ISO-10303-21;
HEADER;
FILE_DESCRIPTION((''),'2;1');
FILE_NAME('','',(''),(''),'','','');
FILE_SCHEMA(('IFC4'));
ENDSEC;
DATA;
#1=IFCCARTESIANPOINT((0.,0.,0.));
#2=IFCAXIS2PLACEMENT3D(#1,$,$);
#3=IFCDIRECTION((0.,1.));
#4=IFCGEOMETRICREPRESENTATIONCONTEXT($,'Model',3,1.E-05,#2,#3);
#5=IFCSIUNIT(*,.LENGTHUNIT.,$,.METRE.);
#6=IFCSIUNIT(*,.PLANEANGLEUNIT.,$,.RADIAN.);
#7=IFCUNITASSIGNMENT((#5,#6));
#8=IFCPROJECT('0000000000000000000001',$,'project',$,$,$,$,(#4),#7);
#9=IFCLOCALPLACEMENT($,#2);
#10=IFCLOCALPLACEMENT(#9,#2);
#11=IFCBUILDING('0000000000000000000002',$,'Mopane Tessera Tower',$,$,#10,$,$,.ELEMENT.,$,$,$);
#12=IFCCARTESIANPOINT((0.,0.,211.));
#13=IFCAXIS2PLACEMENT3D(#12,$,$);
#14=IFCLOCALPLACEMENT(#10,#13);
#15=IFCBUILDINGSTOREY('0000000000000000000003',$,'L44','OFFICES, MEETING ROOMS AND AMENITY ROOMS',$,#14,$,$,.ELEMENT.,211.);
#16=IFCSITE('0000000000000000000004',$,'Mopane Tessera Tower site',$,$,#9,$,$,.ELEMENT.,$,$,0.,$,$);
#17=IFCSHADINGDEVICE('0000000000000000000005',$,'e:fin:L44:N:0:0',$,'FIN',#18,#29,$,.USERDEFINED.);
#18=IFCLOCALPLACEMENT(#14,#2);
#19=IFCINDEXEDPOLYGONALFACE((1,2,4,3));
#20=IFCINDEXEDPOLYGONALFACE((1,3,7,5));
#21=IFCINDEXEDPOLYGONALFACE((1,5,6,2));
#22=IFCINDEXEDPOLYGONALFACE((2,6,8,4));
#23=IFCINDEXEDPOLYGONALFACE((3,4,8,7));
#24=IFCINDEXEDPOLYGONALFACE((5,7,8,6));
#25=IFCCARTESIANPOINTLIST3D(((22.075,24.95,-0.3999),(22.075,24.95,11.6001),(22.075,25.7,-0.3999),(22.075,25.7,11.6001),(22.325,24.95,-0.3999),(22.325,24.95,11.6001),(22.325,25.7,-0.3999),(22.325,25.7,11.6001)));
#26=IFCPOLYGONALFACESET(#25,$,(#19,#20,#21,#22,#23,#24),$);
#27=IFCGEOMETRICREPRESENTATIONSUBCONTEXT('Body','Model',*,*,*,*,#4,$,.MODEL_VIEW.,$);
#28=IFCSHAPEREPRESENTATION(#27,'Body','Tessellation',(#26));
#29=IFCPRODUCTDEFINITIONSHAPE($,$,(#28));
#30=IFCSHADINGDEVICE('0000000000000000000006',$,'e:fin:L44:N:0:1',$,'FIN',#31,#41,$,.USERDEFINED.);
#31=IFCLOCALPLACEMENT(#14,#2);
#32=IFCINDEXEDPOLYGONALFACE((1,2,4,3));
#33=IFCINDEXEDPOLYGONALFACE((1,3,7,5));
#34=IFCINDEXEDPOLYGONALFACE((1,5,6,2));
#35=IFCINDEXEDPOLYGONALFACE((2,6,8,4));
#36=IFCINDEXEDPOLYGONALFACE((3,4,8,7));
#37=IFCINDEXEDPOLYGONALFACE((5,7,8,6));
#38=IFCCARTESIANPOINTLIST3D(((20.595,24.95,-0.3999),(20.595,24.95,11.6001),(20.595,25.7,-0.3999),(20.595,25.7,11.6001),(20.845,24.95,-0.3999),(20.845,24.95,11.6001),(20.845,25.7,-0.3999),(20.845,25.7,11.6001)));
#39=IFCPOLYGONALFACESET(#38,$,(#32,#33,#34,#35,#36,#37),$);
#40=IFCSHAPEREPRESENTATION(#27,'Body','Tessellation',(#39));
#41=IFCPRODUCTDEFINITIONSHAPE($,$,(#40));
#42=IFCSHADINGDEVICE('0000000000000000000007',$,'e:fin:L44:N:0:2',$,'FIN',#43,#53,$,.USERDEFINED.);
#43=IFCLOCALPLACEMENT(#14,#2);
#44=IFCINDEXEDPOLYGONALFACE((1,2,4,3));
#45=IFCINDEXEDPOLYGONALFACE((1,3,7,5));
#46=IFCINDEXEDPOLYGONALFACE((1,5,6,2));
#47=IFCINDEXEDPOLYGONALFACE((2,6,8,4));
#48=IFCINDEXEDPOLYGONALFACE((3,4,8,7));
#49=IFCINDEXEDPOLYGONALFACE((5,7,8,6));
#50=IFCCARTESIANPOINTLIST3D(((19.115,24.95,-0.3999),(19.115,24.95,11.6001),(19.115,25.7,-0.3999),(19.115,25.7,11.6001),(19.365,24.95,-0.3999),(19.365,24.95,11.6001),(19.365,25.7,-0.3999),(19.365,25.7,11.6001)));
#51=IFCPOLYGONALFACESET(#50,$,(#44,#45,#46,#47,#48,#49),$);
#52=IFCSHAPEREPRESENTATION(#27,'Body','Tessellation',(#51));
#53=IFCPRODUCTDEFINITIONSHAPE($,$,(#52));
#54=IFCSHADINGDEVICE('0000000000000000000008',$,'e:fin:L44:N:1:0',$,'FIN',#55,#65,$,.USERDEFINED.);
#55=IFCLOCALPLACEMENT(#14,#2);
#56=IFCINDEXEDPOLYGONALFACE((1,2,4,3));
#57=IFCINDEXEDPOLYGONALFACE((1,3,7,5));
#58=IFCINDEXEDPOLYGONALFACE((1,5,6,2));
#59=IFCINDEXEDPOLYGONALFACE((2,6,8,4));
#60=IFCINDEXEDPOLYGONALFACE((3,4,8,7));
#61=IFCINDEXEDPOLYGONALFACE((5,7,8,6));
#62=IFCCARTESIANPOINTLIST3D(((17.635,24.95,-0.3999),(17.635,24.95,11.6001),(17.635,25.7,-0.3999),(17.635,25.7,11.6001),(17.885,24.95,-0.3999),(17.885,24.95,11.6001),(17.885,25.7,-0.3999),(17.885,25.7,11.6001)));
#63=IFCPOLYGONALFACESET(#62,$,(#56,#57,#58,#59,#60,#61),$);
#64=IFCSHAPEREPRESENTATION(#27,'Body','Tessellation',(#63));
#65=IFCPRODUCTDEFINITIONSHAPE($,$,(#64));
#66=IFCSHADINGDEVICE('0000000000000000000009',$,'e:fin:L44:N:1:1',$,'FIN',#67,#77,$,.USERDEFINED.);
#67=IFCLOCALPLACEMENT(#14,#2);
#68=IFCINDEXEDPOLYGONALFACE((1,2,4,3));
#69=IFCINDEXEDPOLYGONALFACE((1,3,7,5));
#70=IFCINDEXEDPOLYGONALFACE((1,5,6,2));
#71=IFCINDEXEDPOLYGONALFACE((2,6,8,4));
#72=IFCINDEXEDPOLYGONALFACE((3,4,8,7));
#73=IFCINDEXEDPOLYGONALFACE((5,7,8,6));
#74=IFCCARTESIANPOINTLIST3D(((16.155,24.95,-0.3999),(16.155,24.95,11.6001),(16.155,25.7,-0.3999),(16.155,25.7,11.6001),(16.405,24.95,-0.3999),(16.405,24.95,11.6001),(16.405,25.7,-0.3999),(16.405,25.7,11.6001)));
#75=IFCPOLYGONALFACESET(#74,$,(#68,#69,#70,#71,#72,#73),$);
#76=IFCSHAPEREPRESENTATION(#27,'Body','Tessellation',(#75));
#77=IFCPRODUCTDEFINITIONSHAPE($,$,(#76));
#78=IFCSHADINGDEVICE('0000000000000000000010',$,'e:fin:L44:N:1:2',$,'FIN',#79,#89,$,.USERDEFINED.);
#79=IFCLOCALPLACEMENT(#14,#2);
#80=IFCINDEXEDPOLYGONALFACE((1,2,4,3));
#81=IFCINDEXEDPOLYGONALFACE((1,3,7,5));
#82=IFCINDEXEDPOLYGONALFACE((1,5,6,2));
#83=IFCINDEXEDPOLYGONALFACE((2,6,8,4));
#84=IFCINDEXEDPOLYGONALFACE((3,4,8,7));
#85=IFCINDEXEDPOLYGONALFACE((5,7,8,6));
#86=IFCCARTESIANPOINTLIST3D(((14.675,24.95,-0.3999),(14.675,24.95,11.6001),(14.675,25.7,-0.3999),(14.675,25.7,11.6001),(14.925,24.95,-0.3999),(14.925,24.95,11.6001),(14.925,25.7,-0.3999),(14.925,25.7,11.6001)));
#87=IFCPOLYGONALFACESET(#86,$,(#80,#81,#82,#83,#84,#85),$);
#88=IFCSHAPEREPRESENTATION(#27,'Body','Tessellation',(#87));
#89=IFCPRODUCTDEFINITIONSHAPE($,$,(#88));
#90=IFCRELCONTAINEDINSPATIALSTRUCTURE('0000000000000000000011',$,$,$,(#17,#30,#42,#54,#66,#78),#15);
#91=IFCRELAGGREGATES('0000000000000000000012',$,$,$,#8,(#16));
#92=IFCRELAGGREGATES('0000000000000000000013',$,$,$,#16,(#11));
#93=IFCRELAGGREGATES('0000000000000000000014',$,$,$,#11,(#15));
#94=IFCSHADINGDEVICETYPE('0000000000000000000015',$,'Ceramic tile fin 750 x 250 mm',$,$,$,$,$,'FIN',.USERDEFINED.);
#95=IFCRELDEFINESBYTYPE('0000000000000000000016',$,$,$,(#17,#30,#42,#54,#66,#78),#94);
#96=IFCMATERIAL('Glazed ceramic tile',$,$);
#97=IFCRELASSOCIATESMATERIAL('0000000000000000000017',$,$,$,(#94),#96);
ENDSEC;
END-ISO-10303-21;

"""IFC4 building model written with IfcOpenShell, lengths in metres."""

from ifc_helpers import new_model, si_unit, direction, frame, origin, origin_2d, place, context, subcontext, project, spatial, rectangle, extrude, material, type_object, element, save


model = new_model("IFC4")

# Units and contexts
model_context = context("Model", 3, precision=1e-05, world=origin(), true_north=direction((0.0, 1.0)))
body_context = subcontext(model_context, "Body", "Model", "MODEL_VIEW")
ifc_project = project(units=[si_unit("LENGTHUNIT", "METRE"), si_unit("PLANEANGLEUNIT", "RADIAN")], contexts=[model_context])

# Site, building, storey
site_placement = place(None, origin())
site = spatial("IfcSite", under=ifc_project, at=site_placement, Name="Mopane Tessera Tower site", CompositionType="ELEMENT", RefElevation=0.0)
building_placement = place(site_placement, origin())
building = spatial("IfcBuilding", under=site, at=building_placement, Name="Mopane Tessera Tower", CompositionType="ELEMENT")
storey_placement = place(building_placement, frame((0.0, 0.0, 211.0)))
storey = spatial("IfcBuildingStorey", under=building, at=storey_placement, Name="L44", Description="OFFICES, MEETING ROOMS AND AMENITY ROOMS", CompositionType="ELEMENT", Elevation=211.0)

# Shading devices
ifc_material_1 = material(Name="Glazed ceramic tile")
shading_device_type = type_object("IfcShadingDeviceType", Name="Ceramic tile fin 750 x 250 mm", ElementType="FIN", PredefinedType="USERDEFINED", material=ifc_material_1)
for number, where, z_axis, x_axis, name in (
    (1, (22.2, 25.325, -0.3999), (0.0, 0.0, 1.0), (-1.0, 0.0, 0.0), "e:fin:L44:N:0:0"),
    (2, (20.72, 25.325, -0.3999), (0.0, 0.0, 1.0), (-1.0, 0.0, 0.0), "e:fin:L44:N:0:1"),
    (3, (19.24, 25.325, -0.3999), (0.0, 0.0, 1.0), (-1.0, 0.0, 0.0), "e:fin:L44:N:0:2"),
    (4, (17.76, 25.325, -0.3999), (0.0, 0.0, 1.0), (-1.0, 0.0, 0.0), "e:fin:L44:N:1:0"),
    (5, (16.28, 25.325, -0.3999), (0.0, 0.0, 1.0), (-1.0, 0.0, 0.0), "e:fin:L44:N:1:1"),
    (6, (14.8, 25.325, -0.3999), (0.0, 0.0, 1.0), (-1.0, 0.0, 0.0), "e:fin:L44:N:1:2"),
):
    element("IfcShadingDevice", number, at=place(storey_placement, frame(where, z_axis=z_axis, x_axis=x_axis)), inside=storey, type_object=shading_device_type, Name=name, ObjectType="FIN", PredefinedType="USERDEFINED", context=body_context, shape_type="SweptSolid", body=[
        extrude(rectangle(XDim=0.25, YDim=0.75, at=origin_2d()), origin(), (0.0, 0.0, 1.0), 12.0),
    ])

save(model, "model.ifc")
